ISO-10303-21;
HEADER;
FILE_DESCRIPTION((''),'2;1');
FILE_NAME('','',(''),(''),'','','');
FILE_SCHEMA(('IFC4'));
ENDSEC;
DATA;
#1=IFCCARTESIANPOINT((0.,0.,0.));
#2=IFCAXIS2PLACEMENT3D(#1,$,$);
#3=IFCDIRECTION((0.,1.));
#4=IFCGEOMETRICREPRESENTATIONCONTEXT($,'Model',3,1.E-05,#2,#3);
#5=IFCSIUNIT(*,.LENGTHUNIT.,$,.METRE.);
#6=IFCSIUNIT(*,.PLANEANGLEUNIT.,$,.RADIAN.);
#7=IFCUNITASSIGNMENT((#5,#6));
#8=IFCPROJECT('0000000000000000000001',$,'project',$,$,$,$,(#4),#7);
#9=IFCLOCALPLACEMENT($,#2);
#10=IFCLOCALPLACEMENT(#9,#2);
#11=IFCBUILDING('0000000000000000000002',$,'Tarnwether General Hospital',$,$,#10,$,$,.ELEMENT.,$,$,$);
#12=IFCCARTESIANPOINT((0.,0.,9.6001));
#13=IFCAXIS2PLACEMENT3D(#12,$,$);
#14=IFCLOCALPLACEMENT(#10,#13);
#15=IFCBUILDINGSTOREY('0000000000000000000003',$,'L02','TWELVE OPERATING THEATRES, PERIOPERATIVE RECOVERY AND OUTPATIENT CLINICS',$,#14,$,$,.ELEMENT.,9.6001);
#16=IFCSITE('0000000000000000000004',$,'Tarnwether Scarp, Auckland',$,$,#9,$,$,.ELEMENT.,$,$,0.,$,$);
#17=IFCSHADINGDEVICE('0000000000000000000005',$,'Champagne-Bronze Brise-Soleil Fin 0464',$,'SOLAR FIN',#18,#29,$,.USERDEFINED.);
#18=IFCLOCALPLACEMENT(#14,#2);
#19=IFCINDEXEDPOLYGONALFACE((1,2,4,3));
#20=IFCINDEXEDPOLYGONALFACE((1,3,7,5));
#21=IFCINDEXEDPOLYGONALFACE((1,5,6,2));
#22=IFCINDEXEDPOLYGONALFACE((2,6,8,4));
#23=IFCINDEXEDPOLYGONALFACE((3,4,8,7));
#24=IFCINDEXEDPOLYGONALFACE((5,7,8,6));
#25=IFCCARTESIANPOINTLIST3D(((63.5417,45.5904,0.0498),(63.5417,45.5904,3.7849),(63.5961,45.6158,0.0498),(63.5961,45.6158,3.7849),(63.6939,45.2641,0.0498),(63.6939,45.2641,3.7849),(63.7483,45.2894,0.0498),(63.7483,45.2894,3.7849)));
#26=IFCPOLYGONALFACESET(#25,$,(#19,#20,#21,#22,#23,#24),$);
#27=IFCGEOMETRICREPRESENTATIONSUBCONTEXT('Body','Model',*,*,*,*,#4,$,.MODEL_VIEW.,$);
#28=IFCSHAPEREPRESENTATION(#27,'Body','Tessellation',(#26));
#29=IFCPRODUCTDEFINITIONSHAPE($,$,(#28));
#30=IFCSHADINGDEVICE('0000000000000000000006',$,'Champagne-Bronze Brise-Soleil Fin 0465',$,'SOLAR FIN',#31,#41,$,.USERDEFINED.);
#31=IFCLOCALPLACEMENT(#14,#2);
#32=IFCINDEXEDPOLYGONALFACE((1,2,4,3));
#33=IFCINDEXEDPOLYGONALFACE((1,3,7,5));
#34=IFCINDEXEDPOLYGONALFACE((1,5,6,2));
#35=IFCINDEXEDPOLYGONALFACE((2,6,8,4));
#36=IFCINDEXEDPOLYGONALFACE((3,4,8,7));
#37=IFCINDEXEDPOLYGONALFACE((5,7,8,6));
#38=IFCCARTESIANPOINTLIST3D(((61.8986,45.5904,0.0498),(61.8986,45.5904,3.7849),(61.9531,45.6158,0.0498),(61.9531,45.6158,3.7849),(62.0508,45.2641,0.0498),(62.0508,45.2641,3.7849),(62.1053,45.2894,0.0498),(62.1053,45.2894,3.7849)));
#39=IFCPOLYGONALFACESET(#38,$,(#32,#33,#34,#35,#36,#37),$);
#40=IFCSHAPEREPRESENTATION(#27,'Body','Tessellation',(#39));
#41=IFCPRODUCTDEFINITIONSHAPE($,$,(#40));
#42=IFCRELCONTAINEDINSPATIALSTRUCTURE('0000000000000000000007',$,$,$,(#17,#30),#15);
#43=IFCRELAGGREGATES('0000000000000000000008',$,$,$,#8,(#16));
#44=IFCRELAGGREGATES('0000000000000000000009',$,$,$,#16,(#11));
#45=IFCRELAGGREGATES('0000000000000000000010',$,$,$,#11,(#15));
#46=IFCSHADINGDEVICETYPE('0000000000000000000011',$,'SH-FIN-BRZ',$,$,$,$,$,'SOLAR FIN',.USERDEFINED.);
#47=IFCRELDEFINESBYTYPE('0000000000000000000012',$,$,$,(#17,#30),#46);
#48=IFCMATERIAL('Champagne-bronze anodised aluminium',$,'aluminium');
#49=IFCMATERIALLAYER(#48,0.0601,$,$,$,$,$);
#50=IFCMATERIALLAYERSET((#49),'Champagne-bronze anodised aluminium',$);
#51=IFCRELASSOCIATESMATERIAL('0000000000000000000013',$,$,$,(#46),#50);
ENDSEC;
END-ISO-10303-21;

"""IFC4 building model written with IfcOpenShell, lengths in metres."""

from ifc_helpers import new_model, si_unit, direction, frame, origin, origin_2d, place, context, subcontext, project, spatial, rectangle, extrude, material, layer, layer_set, type_object, element, save


model = new_model("IFC4")

# Units and contexts
model_context = context("Model", 3, precision=1e-05, world=origin(), true_north=direction((0.0, 1.0)))
body_context = subcontext(model_context, "Body", "Model", "MODEL_VIEW")
ifc_project = project(units=[si_unit("LENGTHUNIT", "METRE"), si_unit("PLANEANGLEUNIT", "RADIAN")], contexts=[model_context])

# Site, building, storey
site_placement = place(None, origin())
site = spatial("IfcSite", under=ifc_project, at=site_placement, Name="Tarnwether Scarp, Auckland", CompositionType="ELEMENT", RefElevation=0.0)
building_placement = place(site_placement, origin())
building = spatial("IfcBuilding", under=site, at=building_placement, Name="Tarnwether General Hospital", CompositionType="ELEMENT")
storey_placement = place(building_placement, frame((0.0, 0.0, 9.6001)))
storey = spatial("IfcBuildingStorey", under=building, at=storey_placement, Name="L02", Description="TWELVE OPERATING THEATRES, PERIOPERATIVE RECOVERY AND OUTPATIENT CLINICS", CompositionType="ELEMENT", Elevation=9.6001)

# Shading devices
ifc_material_1 = material(Name="Champagne-bronze anodised aluminium", Category="aluminium")
ifc_layer_1 = layer(ifc_material_1, 0.0601)
ifc_layer_set_1 = layer_set([ifc_layer_1], Name="Champagne-bronze anodised aluminium")
shading_device_type = type_object("IfcShadingDeviceType", Name="SH-FIN-BRZ", ElementType="SOLAR FIN", PredefinedType="USERDEFINED", material=ifc_layer_set_1)
for number, where, z_axis, x_axis, name in (
    (1, (63.645, 45.4399, 0.0498), (0.0, 0.0, 1.0), (-0.906308, -0.422618, 0.0), "Champagne-Bronze Brise-Soleil Fin 0464"),
    (2, (62.002, 45.4399, 0.0498), (0.0, 0.0, 1.0), (-0.906308, -0.422618, 0.0), "Champagne-Bronze Brise-Soleil Fin 0465"),
):
    element("IfcShadingDevice", number, at=place(storey_placement, frame(where, z_axis=z_axis, x_axis=x_axis)), inside=storey, type_object=shading_device_type, Name=name, ObjectType="SOLAR FIN", PredefinedType="USERDEFINED", context=body_context, shape_type="SweptSolid", body=[
        extrude(rectangle(XDim=0.0601, YDim=0.3601, at=origin_2d()), origin(), (0.0, 0.0, 1.0), 3.7351),
    ])

save(model, "model.ifc")
